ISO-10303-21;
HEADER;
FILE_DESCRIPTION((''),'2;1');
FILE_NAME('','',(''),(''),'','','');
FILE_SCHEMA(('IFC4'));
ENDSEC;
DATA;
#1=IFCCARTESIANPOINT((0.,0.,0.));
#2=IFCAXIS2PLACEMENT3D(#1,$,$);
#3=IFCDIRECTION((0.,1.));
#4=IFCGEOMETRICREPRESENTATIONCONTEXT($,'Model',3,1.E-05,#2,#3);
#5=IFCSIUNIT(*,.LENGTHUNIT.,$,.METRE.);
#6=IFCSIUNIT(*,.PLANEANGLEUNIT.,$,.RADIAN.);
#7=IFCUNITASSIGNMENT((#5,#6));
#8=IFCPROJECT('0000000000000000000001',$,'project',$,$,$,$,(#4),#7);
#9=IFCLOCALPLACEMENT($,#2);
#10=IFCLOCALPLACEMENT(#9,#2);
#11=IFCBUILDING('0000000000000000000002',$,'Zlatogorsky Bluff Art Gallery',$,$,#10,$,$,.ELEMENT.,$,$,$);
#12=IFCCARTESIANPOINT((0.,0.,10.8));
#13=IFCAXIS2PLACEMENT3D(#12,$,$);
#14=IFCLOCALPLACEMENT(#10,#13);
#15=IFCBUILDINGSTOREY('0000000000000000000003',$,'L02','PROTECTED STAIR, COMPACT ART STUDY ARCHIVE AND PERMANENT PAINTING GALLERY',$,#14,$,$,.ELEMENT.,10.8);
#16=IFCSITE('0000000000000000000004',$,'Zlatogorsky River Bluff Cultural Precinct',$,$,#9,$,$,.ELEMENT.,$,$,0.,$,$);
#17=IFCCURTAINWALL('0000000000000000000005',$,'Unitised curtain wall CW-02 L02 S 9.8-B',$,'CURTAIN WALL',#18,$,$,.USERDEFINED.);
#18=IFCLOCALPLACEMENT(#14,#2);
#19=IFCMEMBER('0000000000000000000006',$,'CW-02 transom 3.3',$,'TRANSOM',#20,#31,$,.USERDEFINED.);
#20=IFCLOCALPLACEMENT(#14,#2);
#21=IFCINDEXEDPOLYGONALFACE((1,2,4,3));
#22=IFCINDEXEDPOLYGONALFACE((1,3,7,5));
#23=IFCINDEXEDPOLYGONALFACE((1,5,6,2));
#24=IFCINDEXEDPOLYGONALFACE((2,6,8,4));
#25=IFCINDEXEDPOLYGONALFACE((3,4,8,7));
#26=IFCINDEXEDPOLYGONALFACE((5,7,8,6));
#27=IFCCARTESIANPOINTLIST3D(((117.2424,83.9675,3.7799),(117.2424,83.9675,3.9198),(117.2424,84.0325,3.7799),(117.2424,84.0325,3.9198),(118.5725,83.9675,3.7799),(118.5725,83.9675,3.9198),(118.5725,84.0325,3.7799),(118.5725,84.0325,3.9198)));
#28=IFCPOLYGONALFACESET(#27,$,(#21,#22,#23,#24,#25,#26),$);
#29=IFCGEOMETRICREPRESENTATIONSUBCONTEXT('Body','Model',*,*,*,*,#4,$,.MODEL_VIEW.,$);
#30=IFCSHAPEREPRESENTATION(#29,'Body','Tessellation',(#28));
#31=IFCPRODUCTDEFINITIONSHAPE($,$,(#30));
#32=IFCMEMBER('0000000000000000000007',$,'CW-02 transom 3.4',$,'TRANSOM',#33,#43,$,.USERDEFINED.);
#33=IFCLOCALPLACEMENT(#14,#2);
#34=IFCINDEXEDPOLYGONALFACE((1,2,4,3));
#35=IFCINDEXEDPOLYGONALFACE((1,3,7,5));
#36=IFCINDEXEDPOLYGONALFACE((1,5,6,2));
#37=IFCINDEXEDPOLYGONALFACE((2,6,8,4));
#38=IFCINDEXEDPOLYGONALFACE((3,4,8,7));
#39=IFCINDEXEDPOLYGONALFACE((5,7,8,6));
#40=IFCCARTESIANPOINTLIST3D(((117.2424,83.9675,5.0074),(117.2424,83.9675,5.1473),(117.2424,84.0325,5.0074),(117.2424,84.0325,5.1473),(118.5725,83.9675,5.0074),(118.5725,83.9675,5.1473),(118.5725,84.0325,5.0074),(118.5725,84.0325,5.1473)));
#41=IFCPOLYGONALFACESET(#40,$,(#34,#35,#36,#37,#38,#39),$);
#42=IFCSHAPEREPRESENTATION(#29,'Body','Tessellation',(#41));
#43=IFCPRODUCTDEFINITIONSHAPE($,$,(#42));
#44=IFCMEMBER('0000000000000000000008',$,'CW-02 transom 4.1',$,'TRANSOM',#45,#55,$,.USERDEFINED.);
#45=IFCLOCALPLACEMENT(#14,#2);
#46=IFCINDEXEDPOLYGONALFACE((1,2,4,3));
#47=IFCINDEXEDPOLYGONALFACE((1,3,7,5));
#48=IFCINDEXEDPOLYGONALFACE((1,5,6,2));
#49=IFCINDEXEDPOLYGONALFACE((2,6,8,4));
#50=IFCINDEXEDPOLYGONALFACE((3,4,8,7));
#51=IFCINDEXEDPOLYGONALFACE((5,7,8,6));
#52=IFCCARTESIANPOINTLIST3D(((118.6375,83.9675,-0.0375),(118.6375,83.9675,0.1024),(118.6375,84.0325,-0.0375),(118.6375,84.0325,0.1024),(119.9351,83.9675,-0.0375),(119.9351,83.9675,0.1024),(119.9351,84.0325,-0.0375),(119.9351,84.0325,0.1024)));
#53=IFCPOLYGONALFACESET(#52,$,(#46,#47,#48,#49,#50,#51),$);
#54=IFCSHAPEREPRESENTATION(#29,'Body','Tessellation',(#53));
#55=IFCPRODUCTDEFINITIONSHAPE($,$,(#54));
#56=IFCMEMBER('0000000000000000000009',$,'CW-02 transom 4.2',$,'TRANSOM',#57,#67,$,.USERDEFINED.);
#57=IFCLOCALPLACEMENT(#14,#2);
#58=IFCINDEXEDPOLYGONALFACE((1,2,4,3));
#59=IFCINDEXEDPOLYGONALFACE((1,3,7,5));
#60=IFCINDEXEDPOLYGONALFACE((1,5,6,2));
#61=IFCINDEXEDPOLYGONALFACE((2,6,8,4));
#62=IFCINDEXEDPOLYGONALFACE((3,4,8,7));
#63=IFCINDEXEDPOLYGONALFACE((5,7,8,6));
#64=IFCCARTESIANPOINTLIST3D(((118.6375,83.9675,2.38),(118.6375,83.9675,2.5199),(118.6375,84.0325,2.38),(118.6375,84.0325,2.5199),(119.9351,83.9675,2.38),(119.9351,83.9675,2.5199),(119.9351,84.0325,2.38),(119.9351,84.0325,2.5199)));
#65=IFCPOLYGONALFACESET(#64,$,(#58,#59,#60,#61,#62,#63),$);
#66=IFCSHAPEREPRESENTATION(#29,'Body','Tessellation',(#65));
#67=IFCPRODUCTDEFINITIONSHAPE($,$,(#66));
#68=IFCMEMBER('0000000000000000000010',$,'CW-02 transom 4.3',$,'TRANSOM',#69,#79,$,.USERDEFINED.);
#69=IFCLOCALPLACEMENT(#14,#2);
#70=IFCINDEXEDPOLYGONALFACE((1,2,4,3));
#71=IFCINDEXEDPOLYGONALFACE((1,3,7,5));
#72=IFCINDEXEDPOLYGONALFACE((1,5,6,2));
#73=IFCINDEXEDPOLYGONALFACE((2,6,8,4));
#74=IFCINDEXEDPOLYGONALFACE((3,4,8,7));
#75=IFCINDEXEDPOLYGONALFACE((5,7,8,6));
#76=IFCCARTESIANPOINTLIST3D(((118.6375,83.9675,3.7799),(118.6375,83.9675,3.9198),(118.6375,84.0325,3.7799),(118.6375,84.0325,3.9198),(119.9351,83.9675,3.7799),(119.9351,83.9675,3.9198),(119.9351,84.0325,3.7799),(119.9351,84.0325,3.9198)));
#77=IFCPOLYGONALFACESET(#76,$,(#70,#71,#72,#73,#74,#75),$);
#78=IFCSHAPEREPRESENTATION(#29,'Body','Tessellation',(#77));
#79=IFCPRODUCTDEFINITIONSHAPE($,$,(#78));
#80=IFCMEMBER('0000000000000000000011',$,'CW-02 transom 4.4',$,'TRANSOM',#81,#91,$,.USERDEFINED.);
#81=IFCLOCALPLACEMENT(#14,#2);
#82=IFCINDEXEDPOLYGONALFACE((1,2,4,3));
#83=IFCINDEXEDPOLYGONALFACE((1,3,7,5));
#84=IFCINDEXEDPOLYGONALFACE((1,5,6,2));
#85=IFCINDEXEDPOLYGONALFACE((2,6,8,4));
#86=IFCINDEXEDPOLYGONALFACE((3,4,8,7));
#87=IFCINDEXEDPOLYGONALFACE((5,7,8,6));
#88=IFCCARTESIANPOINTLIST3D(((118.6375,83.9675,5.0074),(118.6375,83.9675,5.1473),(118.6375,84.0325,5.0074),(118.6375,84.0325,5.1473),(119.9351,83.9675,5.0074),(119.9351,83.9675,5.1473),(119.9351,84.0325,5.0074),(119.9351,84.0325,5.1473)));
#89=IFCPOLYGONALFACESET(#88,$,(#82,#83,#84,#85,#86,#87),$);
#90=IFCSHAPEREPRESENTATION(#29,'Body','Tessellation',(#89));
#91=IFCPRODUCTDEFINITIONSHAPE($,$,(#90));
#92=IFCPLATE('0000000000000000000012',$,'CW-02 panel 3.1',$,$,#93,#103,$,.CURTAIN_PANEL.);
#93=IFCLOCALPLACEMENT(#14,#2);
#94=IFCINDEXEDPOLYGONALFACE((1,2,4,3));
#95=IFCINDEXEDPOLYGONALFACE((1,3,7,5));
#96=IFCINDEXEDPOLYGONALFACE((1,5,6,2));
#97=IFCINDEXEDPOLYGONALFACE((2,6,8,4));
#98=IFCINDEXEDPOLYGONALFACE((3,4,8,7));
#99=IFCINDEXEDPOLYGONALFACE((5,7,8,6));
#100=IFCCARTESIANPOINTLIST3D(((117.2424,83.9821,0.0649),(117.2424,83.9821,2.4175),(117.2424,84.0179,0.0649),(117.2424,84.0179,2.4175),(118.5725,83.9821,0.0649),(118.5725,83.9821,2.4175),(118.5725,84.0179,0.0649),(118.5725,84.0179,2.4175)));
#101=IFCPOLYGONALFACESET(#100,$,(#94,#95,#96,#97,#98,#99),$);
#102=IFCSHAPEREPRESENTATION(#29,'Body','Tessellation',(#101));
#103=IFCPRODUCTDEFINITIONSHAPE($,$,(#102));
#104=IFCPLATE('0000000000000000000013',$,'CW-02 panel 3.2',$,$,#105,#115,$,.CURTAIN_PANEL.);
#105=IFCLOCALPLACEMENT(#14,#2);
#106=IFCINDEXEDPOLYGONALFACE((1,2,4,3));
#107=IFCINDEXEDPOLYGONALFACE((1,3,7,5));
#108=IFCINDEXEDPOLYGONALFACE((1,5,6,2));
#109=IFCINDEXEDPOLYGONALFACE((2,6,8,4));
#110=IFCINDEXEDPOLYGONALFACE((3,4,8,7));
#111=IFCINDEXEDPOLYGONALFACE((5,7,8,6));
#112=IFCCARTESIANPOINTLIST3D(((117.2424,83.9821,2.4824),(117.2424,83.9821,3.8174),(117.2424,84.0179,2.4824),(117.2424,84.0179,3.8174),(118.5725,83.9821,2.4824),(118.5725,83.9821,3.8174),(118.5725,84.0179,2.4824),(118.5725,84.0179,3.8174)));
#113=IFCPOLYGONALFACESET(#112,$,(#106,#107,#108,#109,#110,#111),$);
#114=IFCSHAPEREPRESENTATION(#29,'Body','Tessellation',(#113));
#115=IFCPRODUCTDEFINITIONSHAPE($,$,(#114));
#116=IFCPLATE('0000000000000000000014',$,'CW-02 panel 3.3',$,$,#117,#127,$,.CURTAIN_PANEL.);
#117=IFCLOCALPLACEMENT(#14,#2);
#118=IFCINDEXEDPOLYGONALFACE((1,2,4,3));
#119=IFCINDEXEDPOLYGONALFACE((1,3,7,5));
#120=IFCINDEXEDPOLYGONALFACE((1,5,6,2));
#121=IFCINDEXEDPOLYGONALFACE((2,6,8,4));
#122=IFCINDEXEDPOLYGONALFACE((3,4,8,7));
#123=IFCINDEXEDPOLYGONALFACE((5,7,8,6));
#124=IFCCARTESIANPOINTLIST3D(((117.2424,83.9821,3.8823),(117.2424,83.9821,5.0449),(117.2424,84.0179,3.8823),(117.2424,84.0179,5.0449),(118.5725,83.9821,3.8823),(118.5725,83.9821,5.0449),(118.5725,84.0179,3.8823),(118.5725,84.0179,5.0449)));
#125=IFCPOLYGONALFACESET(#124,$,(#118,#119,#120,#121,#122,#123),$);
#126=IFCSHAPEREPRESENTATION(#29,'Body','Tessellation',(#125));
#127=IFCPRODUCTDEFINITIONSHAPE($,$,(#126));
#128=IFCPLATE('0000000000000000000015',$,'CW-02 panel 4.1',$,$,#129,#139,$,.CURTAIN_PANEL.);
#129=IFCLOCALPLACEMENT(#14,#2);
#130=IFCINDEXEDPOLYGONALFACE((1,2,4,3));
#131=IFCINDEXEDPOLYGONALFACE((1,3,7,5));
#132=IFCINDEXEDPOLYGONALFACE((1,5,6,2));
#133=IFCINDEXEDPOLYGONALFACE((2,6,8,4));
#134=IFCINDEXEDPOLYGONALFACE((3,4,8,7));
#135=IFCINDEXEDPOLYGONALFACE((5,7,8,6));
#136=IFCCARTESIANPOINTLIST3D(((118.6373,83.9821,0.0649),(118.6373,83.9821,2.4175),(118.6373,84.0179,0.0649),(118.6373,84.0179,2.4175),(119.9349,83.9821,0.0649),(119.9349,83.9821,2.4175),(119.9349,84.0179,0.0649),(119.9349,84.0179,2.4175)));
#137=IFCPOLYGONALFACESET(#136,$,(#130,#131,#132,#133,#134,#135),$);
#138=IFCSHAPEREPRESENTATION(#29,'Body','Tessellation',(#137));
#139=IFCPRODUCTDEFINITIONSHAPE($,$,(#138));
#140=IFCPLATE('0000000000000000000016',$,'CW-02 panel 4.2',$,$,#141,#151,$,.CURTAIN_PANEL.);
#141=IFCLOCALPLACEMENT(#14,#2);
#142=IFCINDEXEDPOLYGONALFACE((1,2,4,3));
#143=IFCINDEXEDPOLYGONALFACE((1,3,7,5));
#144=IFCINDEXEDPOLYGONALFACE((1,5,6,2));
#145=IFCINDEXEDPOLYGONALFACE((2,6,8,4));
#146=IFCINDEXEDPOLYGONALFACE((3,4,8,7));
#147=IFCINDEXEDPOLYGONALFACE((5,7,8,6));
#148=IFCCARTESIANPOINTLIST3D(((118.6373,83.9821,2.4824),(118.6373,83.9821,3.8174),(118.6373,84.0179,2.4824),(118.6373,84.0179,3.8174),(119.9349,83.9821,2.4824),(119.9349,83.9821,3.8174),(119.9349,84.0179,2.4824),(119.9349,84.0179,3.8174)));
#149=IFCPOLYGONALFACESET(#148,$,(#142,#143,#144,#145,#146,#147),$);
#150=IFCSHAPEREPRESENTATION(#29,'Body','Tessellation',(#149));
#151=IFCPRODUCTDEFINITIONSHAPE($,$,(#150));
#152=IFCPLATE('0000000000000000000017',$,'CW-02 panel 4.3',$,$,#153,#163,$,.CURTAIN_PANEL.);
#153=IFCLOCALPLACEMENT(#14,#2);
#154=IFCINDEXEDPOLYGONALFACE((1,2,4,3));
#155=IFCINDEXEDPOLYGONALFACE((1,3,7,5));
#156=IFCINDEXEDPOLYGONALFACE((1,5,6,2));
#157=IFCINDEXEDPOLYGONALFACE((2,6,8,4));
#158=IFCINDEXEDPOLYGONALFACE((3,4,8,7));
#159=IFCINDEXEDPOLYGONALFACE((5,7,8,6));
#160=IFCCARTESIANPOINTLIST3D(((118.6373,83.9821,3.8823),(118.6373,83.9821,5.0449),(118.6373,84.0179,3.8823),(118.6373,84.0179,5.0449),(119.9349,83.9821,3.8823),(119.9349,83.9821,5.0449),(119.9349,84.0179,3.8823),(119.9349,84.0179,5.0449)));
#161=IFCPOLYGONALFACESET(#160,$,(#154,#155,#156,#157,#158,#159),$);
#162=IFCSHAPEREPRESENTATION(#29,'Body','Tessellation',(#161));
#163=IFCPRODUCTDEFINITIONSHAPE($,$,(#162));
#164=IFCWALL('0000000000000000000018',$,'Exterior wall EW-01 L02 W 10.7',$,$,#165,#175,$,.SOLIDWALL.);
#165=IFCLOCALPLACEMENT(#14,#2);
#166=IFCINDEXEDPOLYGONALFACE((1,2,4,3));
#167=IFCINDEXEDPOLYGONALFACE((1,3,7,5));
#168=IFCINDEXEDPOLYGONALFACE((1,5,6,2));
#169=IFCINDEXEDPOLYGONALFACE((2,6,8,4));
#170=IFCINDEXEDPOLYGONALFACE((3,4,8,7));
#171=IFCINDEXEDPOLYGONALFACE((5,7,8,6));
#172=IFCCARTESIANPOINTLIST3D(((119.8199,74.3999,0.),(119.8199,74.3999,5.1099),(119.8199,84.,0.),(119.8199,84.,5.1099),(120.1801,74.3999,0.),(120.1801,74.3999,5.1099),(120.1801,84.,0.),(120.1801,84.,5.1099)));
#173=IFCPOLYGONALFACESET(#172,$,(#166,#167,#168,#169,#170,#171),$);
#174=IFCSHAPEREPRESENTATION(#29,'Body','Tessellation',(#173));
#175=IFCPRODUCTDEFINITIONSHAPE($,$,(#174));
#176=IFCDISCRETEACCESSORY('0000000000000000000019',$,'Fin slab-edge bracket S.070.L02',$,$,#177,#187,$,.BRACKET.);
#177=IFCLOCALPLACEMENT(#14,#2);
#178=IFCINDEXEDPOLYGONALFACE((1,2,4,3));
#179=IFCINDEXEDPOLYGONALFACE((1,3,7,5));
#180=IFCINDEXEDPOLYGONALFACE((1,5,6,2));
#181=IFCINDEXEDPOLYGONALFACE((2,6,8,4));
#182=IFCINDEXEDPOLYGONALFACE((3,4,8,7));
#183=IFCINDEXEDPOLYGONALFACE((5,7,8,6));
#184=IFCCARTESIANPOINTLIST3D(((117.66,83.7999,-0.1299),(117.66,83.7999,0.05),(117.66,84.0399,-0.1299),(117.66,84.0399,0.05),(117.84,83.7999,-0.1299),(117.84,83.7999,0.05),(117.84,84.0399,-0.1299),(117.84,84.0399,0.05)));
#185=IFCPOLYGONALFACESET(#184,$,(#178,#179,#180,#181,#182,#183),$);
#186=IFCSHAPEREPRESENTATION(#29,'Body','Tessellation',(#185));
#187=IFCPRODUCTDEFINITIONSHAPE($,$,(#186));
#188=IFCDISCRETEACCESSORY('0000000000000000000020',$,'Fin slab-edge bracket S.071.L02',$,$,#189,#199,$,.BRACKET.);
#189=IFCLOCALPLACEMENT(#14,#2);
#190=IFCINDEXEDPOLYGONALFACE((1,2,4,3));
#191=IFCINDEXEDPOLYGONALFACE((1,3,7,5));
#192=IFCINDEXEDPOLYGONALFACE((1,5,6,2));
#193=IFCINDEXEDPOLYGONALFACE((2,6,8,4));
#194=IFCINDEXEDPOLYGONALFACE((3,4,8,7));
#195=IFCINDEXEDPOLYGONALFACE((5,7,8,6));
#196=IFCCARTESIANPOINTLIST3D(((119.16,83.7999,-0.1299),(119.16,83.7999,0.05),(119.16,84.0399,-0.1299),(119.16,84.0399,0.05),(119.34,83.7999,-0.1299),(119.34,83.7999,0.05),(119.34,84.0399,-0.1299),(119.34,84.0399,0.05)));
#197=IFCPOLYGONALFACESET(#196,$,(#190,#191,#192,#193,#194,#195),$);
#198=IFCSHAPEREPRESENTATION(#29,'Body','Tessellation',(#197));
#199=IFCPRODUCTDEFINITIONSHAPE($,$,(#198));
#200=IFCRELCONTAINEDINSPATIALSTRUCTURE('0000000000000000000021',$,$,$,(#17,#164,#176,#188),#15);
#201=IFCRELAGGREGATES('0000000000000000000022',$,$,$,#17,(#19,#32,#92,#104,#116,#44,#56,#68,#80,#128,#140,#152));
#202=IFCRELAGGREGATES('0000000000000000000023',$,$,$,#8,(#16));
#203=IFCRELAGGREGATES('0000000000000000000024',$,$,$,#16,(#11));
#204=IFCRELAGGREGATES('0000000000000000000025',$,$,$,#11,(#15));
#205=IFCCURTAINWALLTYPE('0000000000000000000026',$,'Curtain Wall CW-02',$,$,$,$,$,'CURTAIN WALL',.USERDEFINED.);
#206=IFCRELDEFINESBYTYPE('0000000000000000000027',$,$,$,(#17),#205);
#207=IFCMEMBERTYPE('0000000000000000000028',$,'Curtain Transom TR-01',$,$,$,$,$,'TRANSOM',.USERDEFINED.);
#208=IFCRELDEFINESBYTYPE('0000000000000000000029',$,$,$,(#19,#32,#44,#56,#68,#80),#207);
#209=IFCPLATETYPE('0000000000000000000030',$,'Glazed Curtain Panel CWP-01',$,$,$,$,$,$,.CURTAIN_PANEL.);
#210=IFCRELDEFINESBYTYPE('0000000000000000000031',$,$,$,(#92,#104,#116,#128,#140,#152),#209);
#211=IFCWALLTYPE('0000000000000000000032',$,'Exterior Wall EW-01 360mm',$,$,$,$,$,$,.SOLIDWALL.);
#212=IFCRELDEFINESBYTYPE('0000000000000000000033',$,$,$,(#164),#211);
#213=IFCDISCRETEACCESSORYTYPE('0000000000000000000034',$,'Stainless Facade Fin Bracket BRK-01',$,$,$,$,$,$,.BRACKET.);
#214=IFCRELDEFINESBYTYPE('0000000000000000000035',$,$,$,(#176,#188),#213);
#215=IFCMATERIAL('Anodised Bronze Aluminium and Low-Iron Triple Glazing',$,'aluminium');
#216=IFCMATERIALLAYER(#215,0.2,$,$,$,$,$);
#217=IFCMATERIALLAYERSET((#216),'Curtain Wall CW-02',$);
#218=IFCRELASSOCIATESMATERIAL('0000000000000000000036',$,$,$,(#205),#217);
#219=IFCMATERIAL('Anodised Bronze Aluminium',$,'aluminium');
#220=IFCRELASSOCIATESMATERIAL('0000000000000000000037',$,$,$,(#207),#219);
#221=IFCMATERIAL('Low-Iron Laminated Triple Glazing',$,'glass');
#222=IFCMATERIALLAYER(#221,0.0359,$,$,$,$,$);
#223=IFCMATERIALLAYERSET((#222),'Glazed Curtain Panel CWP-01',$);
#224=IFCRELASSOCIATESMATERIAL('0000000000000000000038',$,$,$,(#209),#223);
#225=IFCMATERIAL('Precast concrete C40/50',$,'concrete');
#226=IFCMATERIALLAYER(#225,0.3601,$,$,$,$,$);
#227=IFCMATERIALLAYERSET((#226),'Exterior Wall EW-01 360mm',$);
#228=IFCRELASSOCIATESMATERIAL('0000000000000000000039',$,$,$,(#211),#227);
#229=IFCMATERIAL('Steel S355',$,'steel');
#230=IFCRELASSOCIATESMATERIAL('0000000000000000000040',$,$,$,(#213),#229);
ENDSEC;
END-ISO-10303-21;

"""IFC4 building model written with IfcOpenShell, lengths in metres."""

from ifc_helpers import new_model, si_unit, direction, frame, frame_2d, origin, origin_2d, place, context, subcontext, project, spatial, rectangle, extrude, material, layer, layer_set, material_profile, profile_set, type_object, element, aggregate, save


model = new_model("IFC4")

# Units and contexts
model_context = context("Model", 3, precision=1e-05, world=origin(), true_north=direction((0.0, 1.0)))
body_context = subcontext(model_context, "Body", "Model", "MODEL_VIEW")
ifc_project = project(units=[si_unit("LENGTHUNIT", "METRE"), si_unit("PLANEANGLEUNIT", "RADIAN")], contexts=[model_context])

# Site, building, storey
site_placement = place(None, origin())
site = spatial("IfcSite", under=ifc_project, at=site_placement, Name="Zlatogorsky River Bluff Cultural Precinct", CompositionType="ELEMENT", RefElevation=0.0)
building_placement = place(site_placement, origin())
building = spatial("IfcBuilding", under=site, at=building_placement, Name="Zlatogorsky Bluff Art Gallery", CompositionType="ELEMENT")
storey_placement = place(building_placement, frame((0.0, 0.0, 10.8)))
storey = spatial("IfcBuildingStorey", under=building, at=storey_placement, Name="L02", Description="PROTECTED STAIR, COMPACT ART STUDY ARCHIVE AND PERMANENT PAINTING GALLERY", CompositionType="ELEMENT", Elevation=10.8)

# Shared definitions
ifc_material_1 = material(Name="Steel S355", Category="steel")

# Curtain wall, members, plates
ifc_material_2 = material(Name="Anodised Bronze Aluminium and Low-Iron Triple Glazing", Category="aluminium")
ifc_layer_1 = layer(ifc_material_2, 0.2)
ifc_layer_set_1 = layer_set([ifc_layer_1], Name="Curtain Wall CW-02")
curtain_wall_type = type_object("IfcCurtainWallType", Name="Curtain Wall CW-02", ElementType="CURTAIN WALL", PredefinedType="USERDEFINED", material=ifc_layer_set_1)
curtain_wall_placement = place(storey_placement, origin())
curtain_wall = element("IfcCurtainWall", 1, at=curtain_wall_placement, inside=storey, type_object=curtain_wall_type, Name="Unitised curtain wall CW-02 L02 S 9.8-B", ObjectType="CURTAIN WALL", PredefinedType="USERDEFINED")
ifc_material_3 = material(Name="Anodised Bronze Aluminium", Category="aluminium")
ifc_material_profile_1 = material_profile(ifc_material_3, rectangle(XDim=0.0649, YDim=0.1399, at=origin_2d()), Name="ALU TRANSOM 65x140")
ifc_profile_set_1 = profile_set([ifc_material_profile_1], Name="Anodised Bronze Aluminium")
member_type_1 = type_object("IfcMemberType", Name="Curtain Transom TR-01", ElementType="TRANSOM", PredefinedType="USERDEFINED", material=ifc_profile_set_1)
member_1_placement = place(storey_placement, frame((117.2424, 84.0, 3.8499), z_axis=(1.0, 0.0, 0.0), x_axis=(0.0, 1.0, 0.0)))
member_1 = element("IfcMember", 2, at=member_1_placement, type_object=member_type_1, Name="CW-02 transom 3.3", ObjectType="TRANSOM", PredefinedType="USERDEFINED", context=body_context, shape_type="SweptSolid", body=[
    extrude(rectangle(XDim=0.0649, YDim=0.1399, at=origin_2d()), origin(), (0.0, 0.0, 1.0), 1.3301),
])
member_2_placement = place(storey_placement, frame((117.2424, 84.0, 5.0774), z_axis=(1.0, 0.0, 0.0), x_axis=(0.0, 1.0, 0.0)))
member_2 = element("IfcMember", 3, at=member_2_placement, type_object=member_type_1, Name="CW-02 transom 3.4", ObjectType="TRANSOM", PredefinedType="USERDEFINED", context=body_context, shape_type="SweptSolid", body=[
    extrude(rectangle(XDim=0.0649, YDim=0.1399, at=origin_2d()), origin(), (0.0, 0.0, 1.0), 1.3301),
])
member_3_placement = place(storey_placement, frame((118.6375, 84.0, 0.0325), z_axis=(1.0, 0.0, 0.0), x_axis=(0.0, 1.0, 0.0)))
member_3 = element("IfcMember", 4, at=member_3_placement, type_object=member_type_1, Name="CW-02 transom 4.1", ObjectType="TRANSOM", PredefinedType="USERDEFINED", context=body_context, shape_type="SweptSolid", body=[
    extrude(rectangle(XDim=0.0649, YDim=0.1399, at=origin_2d()), origin(), (0.0, 0.0, 1.0), 1.2976),
])
member_4_placement = place(storey_placement, frame((118.6375, 84.0, 2.45), z_axis=(1.0, 0.0, 0.0), x_axis=(0.0, 1.0, 0.0)))
member_4 = element("IfcMember", 5, at=member_4_placement, type_object=member_type_1, Name="CW-02 transom 4.2", ObjectType="TRANSOM", PredefinedType="USERDEFINED", context=body_context, shape_type="SweptSolid", body=[
    extrude(rectangle(XDim=0.0649, YDim=0.1399, at=origin_2d()), origin(), (0.0, 0.0, 1.0), 1.2976),
])
member_5_placement = place(storey_placement, frame((118.6375, 84.0, 3.8499), z_axis=(1.0, 0.0, 0.0), x_axis=(0.0, 1.0, 0.0)))
member_5 = element("IfcMember", 6, at=member_5_placement, type_object=member_type_1, Name="CW-02 transom 4.3", ObjectType="TRANSOM", PredefinedType="USERDEFINED", context=body_context, shape_type="SweptSolid", body=[
    extrude(rectangle(XDim=0.0649, YDim=0.1399, at=origin_2d()), origin(), (0.0, 0.0, 1.0), 1.2976),
])
member_6_placement = place(storey_placement, frame((118.6375, 84.0, 5.0774), z_axis=(1.0, 0.0, 0.0), x_axis=(0.0, 1.0, 0.0)))
member_6 = element("IfcMember", 7, at=member_6_placement, type_object=member_type_1, Name="CW-02 transom 4.4", ObjectType="TRANSOM", PredefinedType="USERDEFINED", context=body_context, shape_type="SweptSolid", body=[
    extrude(rectangle(XDim=0.0649, YDim=0.1399, at=origin_2d()), origin(), (0.0, 0.0, 1.0), 1.2976),
])
ifc_material_4 = material(Name="Low-Iron Laminated Triple Glazing", Category="glass")
ifc_layer_2 = layer(ifc_material_4, 0.0359)
ifc_layer_set_2 = layer_set([ifc_layer_2], Name="Glazed Curtain Panel CWP-01")
plate_type = type_object("IfcPlateType", Name="Glazed Curtain Panel CWP-01", PredefinedType="CURTAIN_PANEL", material=ifc_layer_set_2)
plate_1_placement = place(storey_placement, frame((117.9075, 84.0, 0.0649), z_axis=(0.0, 0.0, 1.0), x_axis=(1.0, 0.0, 0.0)))
plate_1 = element("IfcPlate", 8, at=plate_1_placement, type_object=plate_type, Name="CW-02 panel 3.1", PredefinedType="CURTAIN_PANEL", context=body_context, shape_type="SweptSolid", body=[
    extrude(rectangle(XDim=1.3301, YDim=0.0359, at=origin_2d()), origin(), (0.0, 0.0, 1.0), 2.3525),
])
plate_2_placement = place(storey_placement, frame((117.9075, 84.0, 2.4824), z_axis=(0.0, 0.0, 1.0), x_axis=(1.0, 0.0, 0.0)))
plate_2 = element("IfcPlate", 9, at=plate_2_placement, type_object=plate_type, Name="CW-02 panel 3.2", PredefinedType="CURTAIN_PANEL", context=body_context, shape_type="SweptSolid", body=[
    extrude(rectangle(XDim=1.3301, YDim=0.0359, at=origin_2d()), origin(), (0.0, 0.0, 1.0), 1.335),
])
plate_3_placement = place(storey_placement, frame((117.9075, 84.0, 3.8823), z_axis=(0.0, 0.0, 1.0), x_axis=(1.0, 0.0, 0.0)))
plate_3 = element("IfcPlate", 10, at=plate_3_placement, type_object=plate_type, Name="CW-02 panel 3.3", PredefinedType="CURTAIN_PANEL", context=body_context, shape_type="SweptSolid", body=[
    extrude(rectangle(XDim=1.3301, YDim=0.0359, at=origin_2d()), origin(), (0.0, 0.0, 1.0), 1.1626),
])
plate_4_placement = place(storey_placement, frame((119.2861, 84.0, 0.0649), z_axis=(0.0, 0.0, 1.0), x_axis=(1.0, 0.0, 0.0)))
plate_4 = element("IfcPlate", 11, at=plate_4_placement, type_object=plate_type, Name="CW-02 panel 4.1", PredefinedType="CURTAIN_PANEL", context=body_context, shape_type="SweptSolid", body=[
    extrude(rectangle(XDim=1.2976, YDim=0.0359, at=origin_2d()), origin(), (0.0, 0.0, 1.0), 2.3525),
])
plate_5_placement = place(storey_placement, frame((119.2861, 84.0, 2.4824), z_axis=(0.0, 0.0, 1.0), x_axis=(1.0, 0.0, 0.0)))
plate_5 = element("IfcPlate", 12, at=plate_5_placement, type_object=plate_type, Name="CW-02 panel 4.2", PredefinedType="CURTAIN_PANEL", context=body_context, shape_type="SweptSolid", body=[
    extrude(rectangle(XDim=1.2976, YDim=0.0359, at=origin_2d()), origin(), (0.0, 0.0, 1.0), 1.335),
])
plate_6_placement = place(storey_placement, frame((119.2861, 84.0, 3.8823), z_axis=(0.0, 0.0, 1.0), x_axis=(1.0, 0.0, 0.0)))
plate_6 = element("IfcPlate", 13, at=plate_6_placement, type_object=plate_type, Name="CW-02 panel 4.3", PredefinedType="CURTAIN_PANEL", context=body_context, shape_type="SweptSolid", body=[
    extrude(rectangle(XDim=1.2976, YDim=0.0359, at=origin_2d()), origin(), (0.0, 0.0, 1.0), 1.1626),
])
aggregate(curtain_wall, [member_1, member_2, plate_1, plate_2, plate_3, member_3, member_4, member_5, member_6, plate_4, plate_5, plate_6])

# Wall
ifc_material_5 = material(Name="Precast concrete C40/50", Category="concrete")
ifc_layer_3 = layer(ifc_material_5, 0.3601)
ifc_layer_set_3 = layer_set([ifc_layer_3], Name="Exterior Wall EW-01 360mm")
wall_type = type_object("IfcWallType", Name="Exterior Wall EW-01 360mm", PredefinedType="SOLIDWALL", material=ifc_layer_set_3)
wall_placement = place(storey_placement, frame((120.0, 84.0, 0.0), z_axis=(0.0, 0.0, 1.0), x_axis=(0.0, -1.0, 0.0)))
element("IfcWall", 14, at=wall_placement, inside=storey, type_object=wall_type, Name="Exterior wall EW-01 L02 W 10.7", PredefinedType="SOLIDWALL", context=body_context, shape_type="SweptSolid", body=[
    extrude(rectangle(XDim=9.6001, YDim=0.3601, at=frame_2d((4.8, 0.0))), origin(), (0.0, 0.0, 1.0), 5.1099),
])

# Discrete accessories
discrete_accessory_type = type_object("IfcDiscreteAccessoryType", Name="Stainless Facade Fin Bracket BRK-01", PredefinedType="BRACKET", material=ifc_material_1)
for number, where, z_axis, x_axis, name in (
    (15, (117.75, 83.9199, -0.1299), (0.0, 0.0, 1.0), (1.0, 0.0, 0.0), "Fin slab-edge bracket S.070.L02"),
    (16, (119.25, 83.9199, -0.1299), (0.0, 0.0, 1.0), (1.0, 0.0, 0.0), "Fin slab-edge bracket S.071.L02"),
):
    element("IfcDiscreteAccessory", number, at=place(storey_placement, frame(where, z_axis=z_axis, x_axis=x_axis)), inside=storey, type_object=discrete_accessory_type, Name=name, PredefinedType="BRACKET", context=body_context, shape_type="SweptSolid", body=[
        extrude(rectangle(XDim=0.1799, YDim=0.24, at=origin_2d()), origin(), (0.0, 0.0, 1.0), 0.1799),
    ])

save(model, "model.ifc")
